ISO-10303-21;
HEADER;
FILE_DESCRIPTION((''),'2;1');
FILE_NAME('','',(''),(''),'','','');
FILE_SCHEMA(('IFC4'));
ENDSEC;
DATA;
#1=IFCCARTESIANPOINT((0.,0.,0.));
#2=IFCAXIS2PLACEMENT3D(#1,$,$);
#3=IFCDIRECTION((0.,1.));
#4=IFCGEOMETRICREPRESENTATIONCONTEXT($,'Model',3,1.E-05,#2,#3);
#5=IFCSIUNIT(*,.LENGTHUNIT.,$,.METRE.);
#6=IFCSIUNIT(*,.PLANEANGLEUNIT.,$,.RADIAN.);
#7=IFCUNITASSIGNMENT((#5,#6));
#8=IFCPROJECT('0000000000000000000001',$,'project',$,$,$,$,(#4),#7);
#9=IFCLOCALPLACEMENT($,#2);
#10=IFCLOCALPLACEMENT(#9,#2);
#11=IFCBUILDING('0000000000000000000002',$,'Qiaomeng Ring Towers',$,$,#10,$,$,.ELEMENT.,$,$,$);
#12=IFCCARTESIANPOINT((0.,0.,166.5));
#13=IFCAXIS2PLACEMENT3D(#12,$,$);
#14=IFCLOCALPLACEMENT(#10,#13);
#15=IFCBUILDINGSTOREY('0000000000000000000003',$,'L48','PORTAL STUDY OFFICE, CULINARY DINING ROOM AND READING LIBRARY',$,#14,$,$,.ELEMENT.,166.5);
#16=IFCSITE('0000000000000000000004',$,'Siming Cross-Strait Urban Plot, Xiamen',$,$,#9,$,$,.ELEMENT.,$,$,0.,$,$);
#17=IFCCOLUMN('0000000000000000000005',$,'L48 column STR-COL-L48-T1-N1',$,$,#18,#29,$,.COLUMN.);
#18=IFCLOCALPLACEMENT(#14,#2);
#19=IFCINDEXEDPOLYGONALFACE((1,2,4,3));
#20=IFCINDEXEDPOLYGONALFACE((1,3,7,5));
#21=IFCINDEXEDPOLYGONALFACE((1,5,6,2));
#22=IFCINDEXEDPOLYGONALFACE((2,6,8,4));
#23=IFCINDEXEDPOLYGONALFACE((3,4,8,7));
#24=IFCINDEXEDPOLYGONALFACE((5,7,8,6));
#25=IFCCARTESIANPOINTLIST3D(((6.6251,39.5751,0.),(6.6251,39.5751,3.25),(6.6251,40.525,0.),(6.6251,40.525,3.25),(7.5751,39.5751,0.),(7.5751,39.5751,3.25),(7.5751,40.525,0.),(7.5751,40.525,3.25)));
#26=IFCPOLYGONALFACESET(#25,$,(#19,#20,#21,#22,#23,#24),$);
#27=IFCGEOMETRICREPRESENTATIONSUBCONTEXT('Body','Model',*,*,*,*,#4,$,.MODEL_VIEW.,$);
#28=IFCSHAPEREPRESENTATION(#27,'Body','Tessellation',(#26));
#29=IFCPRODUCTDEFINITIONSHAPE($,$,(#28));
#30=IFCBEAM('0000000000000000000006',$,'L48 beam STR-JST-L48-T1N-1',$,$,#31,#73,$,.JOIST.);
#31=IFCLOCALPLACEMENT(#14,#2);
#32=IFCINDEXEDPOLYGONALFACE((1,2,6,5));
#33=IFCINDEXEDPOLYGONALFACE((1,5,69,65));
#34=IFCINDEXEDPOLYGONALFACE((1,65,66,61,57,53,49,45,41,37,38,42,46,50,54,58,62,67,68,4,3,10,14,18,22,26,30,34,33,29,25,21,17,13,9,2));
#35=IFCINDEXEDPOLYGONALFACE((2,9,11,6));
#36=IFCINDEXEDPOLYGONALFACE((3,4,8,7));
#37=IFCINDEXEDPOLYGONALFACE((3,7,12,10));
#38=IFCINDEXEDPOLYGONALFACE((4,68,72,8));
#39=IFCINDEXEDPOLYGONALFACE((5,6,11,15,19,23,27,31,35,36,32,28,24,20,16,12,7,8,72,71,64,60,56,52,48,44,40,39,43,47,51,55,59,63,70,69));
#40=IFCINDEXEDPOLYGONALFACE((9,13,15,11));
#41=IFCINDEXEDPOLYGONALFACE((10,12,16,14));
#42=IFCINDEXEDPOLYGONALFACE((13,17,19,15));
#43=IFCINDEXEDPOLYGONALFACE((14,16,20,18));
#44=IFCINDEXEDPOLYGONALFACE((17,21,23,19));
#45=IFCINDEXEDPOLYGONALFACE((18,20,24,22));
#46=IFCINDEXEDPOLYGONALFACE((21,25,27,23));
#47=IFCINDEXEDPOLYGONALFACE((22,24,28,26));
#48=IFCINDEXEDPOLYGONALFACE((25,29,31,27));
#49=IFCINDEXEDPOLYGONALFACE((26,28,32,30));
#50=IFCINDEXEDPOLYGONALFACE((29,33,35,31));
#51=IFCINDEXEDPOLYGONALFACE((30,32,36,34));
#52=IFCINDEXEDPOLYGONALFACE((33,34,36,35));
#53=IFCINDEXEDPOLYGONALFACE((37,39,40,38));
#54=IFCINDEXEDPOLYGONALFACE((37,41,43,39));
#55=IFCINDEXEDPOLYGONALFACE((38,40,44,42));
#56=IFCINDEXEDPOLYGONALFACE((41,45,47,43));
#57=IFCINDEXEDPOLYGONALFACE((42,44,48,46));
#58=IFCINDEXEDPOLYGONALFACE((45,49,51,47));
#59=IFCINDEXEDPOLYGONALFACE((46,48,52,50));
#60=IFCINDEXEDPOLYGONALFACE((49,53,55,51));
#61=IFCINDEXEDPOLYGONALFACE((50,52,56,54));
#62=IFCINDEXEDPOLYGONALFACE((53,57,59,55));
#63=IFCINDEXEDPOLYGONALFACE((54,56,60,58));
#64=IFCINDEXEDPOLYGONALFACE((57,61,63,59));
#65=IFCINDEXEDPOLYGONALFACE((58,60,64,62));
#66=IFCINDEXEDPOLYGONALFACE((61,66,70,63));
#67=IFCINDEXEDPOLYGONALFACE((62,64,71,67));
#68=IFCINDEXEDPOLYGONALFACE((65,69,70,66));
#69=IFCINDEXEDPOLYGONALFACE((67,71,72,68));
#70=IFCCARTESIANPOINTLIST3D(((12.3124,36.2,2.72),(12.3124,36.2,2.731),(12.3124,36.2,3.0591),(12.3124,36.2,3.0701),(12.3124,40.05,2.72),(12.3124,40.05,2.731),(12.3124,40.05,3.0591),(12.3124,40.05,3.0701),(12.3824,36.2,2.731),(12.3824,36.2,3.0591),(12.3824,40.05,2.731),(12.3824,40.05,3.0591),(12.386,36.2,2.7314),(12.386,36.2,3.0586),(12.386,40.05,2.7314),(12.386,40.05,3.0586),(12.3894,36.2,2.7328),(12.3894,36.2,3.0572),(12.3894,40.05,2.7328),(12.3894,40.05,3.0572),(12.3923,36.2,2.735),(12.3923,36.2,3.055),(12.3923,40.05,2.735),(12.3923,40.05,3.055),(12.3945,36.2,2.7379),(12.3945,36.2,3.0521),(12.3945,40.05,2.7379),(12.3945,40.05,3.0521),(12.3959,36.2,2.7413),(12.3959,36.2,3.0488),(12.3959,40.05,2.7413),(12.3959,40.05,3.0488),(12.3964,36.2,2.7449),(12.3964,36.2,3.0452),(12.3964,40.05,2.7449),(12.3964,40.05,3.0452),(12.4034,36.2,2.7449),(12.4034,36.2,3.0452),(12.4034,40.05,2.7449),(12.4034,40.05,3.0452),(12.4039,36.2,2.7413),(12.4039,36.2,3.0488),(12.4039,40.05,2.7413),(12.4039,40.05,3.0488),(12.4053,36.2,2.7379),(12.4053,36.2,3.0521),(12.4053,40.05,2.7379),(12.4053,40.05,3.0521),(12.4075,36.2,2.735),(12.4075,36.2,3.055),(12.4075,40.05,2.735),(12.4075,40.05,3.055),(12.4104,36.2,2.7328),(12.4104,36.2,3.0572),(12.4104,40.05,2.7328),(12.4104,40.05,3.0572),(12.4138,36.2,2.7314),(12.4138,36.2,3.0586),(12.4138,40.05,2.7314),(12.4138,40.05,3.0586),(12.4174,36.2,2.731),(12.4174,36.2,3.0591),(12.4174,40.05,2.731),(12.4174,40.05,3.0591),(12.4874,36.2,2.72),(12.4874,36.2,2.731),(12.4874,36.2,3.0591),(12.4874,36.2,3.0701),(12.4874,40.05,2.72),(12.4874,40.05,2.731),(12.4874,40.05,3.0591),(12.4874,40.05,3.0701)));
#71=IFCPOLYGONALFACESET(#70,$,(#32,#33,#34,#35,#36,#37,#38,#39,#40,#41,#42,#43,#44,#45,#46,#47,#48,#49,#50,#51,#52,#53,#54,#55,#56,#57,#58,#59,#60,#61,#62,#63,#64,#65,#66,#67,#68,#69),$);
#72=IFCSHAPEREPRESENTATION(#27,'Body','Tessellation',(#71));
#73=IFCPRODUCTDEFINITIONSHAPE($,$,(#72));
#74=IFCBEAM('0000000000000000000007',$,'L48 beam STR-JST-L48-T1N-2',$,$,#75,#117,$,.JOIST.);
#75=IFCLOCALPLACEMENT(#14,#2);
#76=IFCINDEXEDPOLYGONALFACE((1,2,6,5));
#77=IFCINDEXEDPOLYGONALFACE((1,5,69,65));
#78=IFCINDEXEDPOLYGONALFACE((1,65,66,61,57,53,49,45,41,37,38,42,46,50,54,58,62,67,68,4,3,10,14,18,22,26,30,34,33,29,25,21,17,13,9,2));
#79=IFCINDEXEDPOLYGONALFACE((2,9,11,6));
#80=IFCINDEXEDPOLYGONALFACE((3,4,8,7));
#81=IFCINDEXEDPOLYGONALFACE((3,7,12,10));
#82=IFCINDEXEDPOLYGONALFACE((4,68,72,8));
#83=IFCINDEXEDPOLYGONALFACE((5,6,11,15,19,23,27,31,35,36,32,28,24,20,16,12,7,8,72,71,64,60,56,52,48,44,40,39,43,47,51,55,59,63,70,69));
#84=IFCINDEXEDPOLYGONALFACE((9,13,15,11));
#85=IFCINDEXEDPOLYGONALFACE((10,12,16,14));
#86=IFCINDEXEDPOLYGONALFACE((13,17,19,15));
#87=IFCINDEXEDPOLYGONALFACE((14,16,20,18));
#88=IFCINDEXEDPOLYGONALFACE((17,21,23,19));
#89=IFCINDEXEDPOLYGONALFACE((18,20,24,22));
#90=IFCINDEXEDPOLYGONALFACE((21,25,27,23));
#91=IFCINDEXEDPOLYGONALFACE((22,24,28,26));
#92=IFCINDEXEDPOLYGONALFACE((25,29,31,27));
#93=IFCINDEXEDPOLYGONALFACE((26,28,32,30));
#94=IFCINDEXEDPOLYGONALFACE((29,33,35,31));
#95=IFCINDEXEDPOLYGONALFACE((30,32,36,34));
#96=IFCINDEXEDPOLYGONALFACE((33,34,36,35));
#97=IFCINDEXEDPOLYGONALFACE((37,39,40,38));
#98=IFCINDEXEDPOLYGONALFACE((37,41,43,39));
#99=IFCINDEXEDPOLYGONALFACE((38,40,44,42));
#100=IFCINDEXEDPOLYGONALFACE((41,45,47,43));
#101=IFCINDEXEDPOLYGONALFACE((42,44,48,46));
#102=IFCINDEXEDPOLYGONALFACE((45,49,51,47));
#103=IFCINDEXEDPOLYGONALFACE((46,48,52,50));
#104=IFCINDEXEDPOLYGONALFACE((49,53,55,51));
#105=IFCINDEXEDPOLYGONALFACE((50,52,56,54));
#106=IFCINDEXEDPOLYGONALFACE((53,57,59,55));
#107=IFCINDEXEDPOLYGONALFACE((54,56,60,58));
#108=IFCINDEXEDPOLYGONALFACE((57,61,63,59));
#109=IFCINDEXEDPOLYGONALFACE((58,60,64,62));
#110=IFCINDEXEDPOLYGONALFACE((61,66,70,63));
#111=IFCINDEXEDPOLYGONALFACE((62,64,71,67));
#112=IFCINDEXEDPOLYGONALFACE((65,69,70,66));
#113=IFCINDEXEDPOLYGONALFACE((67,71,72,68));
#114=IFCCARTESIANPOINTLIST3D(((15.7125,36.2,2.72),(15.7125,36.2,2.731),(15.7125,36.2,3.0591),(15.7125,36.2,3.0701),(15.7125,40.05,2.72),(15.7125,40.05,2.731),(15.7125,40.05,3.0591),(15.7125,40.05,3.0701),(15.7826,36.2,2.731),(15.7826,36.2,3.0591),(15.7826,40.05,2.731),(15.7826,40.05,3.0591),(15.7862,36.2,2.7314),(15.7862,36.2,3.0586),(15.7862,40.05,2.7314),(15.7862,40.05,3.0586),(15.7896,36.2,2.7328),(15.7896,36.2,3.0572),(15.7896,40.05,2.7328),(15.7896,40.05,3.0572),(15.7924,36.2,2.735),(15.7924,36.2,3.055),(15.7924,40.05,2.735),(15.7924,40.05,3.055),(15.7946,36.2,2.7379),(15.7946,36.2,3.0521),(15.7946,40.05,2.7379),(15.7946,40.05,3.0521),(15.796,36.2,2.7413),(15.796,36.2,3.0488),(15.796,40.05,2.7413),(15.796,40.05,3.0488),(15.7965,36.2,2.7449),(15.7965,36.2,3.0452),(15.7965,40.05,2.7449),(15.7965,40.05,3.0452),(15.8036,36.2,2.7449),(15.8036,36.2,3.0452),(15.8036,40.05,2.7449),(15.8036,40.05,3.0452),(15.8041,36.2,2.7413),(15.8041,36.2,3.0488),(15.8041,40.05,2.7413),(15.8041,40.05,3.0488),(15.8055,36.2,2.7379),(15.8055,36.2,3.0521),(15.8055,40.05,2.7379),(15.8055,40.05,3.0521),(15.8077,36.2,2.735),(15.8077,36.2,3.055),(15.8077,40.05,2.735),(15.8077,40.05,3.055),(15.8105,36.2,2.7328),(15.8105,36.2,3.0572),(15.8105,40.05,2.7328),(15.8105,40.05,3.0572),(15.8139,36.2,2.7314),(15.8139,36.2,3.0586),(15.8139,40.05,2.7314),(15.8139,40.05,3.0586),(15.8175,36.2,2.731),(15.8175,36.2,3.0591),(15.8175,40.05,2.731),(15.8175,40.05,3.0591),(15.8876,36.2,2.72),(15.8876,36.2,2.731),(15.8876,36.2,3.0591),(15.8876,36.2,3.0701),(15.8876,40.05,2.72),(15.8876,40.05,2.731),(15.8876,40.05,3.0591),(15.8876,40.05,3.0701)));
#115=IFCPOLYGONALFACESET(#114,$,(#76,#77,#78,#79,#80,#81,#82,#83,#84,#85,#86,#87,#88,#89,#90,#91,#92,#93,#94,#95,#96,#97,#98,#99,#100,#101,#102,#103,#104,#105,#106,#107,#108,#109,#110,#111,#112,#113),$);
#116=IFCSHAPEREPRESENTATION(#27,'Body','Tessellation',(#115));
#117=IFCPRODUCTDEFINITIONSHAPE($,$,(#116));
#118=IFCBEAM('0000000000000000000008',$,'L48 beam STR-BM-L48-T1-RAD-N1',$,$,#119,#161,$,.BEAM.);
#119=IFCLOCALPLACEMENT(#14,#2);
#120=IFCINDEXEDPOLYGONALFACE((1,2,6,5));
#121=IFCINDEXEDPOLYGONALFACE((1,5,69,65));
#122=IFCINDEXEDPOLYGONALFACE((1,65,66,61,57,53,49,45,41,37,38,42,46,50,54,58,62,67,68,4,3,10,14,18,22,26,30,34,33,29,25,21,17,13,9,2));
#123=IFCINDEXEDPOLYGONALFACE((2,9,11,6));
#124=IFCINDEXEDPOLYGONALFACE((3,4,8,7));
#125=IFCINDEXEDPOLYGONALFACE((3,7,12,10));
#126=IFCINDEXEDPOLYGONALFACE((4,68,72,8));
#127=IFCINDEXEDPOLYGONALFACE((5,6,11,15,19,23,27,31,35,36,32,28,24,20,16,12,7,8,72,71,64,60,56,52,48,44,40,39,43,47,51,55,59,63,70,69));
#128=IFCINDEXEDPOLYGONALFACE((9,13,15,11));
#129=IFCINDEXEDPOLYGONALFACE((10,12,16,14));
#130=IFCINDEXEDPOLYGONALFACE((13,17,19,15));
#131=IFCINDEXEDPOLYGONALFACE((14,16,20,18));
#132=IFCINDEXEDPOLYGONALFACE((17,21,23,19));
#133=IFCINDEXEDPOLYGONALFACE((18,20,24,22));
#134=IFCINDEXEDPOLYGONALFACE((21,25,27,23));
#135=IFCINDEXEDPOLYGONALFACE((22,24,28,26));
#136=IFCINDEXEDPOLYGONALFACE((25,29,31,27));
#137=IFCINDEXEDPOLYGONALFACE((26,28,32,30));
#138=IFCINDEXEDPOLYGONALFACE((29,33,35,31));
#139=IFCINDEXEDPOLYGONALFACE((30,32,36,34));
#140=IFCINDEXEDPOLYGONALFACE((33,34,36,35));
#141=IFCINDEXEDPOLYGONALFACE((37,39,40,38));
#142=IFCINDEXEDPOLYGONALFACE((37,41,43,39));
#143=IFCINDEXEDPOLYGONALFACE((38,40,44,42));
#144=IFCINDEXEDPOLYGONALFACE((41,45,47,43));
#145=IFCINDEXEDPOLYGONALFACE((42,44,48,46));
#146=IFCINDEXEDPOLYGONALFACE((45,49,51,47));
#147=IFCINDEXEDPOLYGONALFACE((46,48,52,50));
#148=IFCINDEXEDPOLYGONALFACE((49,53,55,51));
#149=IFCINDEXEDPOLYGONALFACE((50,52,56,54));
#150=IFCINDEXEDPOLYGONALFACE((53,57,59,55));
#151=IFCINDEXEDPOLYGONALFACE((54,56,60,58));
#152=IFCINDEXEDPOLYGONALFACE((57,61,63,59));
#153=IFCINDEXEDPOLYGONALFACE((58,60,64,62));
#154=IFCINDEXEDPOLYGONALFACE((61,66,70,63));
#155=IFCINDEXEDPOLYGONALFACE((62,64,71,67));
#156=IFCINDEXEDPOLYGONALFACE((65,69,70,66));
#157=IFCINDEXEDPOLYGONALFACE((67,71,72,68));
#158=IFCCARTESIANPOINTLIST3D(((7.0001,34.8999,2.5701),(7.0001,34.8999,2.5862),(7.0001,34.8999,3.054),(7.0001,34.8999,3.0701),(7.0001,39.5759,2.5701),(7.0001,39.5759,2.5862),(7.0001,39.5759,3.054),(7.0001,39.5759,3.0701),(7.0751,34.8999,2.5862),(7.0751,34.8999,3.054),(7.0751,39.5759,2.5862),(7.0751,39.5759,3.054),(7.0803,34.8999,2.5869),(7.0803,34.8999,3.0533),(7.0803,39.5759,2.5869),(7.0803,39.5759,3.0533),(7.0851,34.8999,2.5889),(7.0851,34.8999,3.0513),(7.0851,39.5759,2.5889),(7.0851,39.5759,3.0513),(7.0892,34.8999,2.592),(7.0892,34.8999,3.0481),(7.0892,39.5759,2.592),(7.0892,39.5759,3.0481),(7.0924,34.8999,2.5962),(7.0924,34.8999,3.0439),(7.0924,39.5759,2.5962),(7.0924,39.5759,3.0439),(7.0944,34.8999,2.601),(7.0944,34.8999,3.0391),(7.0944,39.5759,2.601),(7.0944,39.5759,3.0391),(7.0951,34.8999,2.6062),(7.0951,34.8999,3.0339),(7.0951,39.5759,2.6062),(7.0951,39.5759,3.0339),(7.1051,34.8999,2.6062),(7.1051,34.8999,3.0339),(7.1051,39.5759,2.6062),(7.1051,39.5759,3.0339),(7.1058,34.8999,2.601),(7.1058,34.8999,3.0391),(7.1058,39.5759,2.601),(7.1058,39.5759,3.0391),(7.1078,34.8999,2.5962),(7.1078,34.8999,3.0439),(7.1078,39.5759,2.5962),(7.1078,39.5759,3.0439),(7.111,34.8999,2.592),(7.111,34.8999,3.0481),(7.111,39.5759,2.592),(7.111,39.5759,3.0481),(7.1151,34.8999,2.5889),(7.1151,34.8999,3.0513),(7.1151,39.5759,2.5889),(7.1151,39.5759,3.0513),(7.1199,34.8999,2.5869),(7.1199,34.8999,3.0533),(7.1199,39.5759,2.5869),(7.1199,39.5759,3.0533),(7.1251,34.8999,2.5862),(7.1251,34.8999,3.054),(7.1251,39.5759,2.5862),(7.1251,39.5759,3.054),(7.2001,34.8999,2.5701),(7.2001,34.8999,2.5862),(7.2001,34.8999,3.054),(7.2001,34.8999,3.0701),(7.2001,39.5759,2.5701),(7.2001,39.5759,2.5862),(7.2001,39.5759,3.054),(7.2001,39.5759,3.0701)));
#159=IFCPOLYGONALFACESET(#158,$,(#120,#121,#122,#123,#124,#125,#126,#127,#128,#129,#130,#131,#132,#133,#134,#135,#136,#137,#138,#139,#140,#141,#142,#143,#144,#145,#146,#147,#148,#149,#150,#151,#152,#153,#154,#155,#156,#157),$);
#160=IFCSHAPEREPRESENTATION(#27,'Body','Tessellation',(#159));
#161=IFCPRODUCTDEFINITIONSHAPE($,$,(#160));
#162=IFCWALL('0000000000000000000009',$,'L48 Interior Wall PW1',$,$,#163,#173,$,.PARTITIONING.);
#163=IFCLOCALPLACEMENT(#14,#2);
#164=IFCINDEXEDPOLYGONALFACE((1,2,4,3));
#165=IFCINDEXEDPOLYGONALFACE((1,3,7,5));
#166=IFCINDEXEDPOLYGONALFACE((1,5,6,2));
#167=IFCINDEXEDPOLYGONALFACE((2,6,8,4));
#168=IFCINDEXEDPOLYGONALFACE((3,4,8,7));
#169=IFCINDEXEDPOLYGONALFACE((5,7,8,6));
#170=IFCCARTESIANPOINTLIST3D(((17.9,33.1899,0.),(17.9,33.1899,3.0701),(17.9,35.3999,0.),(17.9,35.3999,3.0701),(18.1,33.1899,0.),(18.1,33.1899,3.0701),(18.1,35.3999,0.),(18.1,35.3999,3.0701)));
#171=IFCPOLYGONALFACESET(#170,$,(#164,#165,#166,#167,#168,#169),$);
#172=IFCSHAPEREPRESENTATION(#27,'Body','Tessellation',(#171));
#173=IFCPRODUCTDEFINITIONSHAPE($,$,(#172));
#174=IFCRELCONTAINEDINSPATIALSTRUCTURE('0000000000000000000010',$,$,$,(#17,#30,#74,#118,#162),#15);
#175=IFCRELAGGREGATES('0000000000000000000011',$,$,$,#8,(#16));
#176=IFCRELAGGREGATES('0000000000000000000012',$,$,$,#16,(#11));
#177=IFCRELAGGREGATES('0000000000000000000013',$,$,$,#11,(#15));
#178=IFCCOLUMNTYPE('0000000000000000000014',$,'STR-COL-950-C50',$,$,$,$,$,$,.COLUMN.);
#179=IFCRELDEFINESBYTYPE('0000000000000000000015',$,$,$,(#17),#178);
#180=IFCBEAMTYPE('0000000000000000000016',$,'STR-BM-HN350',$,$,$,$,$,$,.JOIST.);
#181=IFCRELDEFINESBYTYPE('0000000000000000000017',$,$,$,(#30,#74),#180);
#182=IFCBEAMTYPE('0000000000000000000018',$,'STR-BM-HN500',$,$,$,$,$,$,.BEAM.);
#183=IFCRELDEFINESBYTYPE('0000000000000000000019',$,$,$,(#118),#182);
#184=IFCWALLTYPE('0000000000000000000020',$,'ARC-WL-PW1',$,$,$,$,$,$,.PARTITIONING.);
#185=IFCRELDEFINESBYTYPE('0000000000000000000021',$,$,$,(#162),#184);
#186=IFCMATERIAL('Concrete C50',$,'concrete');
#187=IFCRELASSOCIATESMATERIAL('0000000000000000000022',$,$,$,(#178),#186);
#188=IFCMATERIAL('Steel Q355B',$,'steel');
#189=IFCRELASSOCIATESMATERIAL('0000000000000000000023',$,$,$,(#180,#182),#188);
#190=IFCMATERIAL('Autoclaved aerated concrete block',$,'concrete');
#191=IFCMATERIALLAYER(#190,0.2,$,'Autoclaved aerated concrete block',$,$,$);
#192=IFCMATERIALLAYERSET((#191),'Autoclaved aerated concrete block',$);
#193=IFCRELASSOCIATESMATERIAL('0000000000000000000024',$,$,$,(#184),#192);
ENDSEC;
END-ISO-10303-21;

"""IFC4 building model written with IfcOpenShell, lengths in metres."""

from ifc_helpers import new_model, si_unit, direction, frame, frame_2d, origin, origin_2d, place, context, subcontext, project, spatial, rectangle, i_section, extrude, source, transform, mapped, material, layer, layer_set, material_profile, profile_set, type_object, element, save


model = new_model("IFC4")

# Units and contexts
model_context = context("Model", 3, precision=1e-05, world=origin(), true_north=direction((0.0, 1.0)))
body_context = subcontext(model_context, "Body", "Model", "MODEL_VIEW")
ifc_project = project(units=[si_unit("LENGTHUNIT", "METRE"), si_unit("PLANEANGLEUNIT", "RADIAN")], contexts=[model_context])

# Site, building, storey
site_placement = place(None, origin())
site = spatial("IfcSite", under=ifc_project, at=site_placement, Name="Siming Cross-Strait Urban Plot, Xiamen", CompositionType="ELEMENT", RefElevation=0.0)
building_placement = place(site_placement, origin())
building = spatial("IfcBuilding", under=site, at=building_placement, Name="Qiaomeng Ring Towers", CompositionType="ELEMENT")
storey_placement = place(building_placement, frame((0.0, 0.0, 166.5)))
storey = spatial("IfcBuildingStorey", under=building, at=storey_placement, Name="L48", Description="PORTAL STUDY OFFICE, CULINARY DINING ROOM AND READING LIBRARY", CompositionType="ELEMENT", Elevation=166.5)

# Column
ifc_material_1 = material(Name="Concrete C50", Category="concrete")
ifc_material_profile_1 = material_profile(ifc_material_1, rectangle(XDim=0.95, YDim=0.95, at=origin_2d()), Name="RC COL 950x950")
ifc_profile_set_1 = profile_set([ifc_material_profile_1], Name="Concrete C50")
column_type = type_object("IfcColumnType", Name="STR-COL-950-C50", PredefinedType="COLUMN", material=ifc_profile_set_1)
shared_shape_1 = source(origin(), body_context, "Body", "SweptSolid", [
    extrude(rectangle(XDim=0.95, YDim=0.95, at=origin_2d()), origin(), (0.0, 0.0, 1.0), 3.25),
])
column_placement = place(storey_placement, frame((7.1001, 40.05, 0.0), z_axis=(0.0, 0.0, 1.0), x_axis=(1.0, 0.0, 0.0)))
element("IfcColumn", 1, at=column_placement, inside=storey, type_object=column_type, Name="L48 column STR-COL-L48-T1-N1", PredefinedType="COLUMN", context=body_context, shape_type="MappedRepresentation", body=[
    mapped(shared_shape_1, transform((0.0, 0.0, 0.0), x_axis=(1.0, 0.0, 0.0), y_axis=(0.0, 1.0, 0.0), z_axis=(0.0, 0.0, 1.0), scale=1.0)),
])

# Beams
ifc_material_2 = material(Name="Steel Q355B", Category="steel")
ifc_material_profile_2 = material_profile(ifc_material_2, i_section(OverallWidth=0.175, OverallDepth=0.3501, WebThickness=0.0071, FlangeThickness=0.011, FilletRadius=0.0139, at=origin_2d()), Name="HN 350x175x7x11")
ifc_profile_set_2 = profile_set([ifc_material_profile_2], Name="Steel Q355B")
beam_type_1 = type_object("IfcBeamType", Name="STR-BM-HN350", PredefinedType="JOIST", material=ifc_profile_set_2)
shared_shape_2 = source(origin(), body_context, "Body", "SweptSolid", [
    extrude(i_section(OverallWidth=0.175, OverallDepth=0.3501, WebThickness=0.0071, FlangeThickness=0.011, FilletRadius=0.0139, at=origin_2d()), origin(), (0.0, 0.0, 1.0), 3.8501),
])
for number, where, z_axis, x_axis, name in (
    (2, (12.3999, 36.2, 2.895), (0.0, 1.0, 0.0), (-1.0, 0.0, 0.0), "L48 beam STR-JST-L48-T1N-1"),
    (3, (15.8, 36.2, 2.895), (0.0, 1.0, 0.0), (-1.0, 0.0, 0.0), "L48 beam STR-JST-L48-T1N-2"),
):
    element("IfcBeam", number, at=place(storey_placement, frame(where, z_axis=z_axis, x_axis=x_axis)), inside=storey, type_object=beam_type_1, Name=name, PredefinedType="JOIST", context=body_context, shape_type="MappedRepresentation", body=[
        mapped(shared_shape_2, transform((0.0, 0.0, 0.0), x_axis=(1.0, 0.0, 0.0), y_axis=(0.0, 1.0, 0.0), z_axis=(0.0, 0.0, 1.0), scale=1.0)),
    ])
ifc_material_profile_3 = material_profile(ifc_material_2, i_section(OverallWidth=0.2, OverallDepth=0.5, WebThickness=0.01, FlangeThickness=0.0161, FilletRadius=0.02, at=origin_2d()), Name="HN 500x200x10x16")
ifc_profile_set_3 = profile_set([ifc_material_profile_3], Name="Steel Q355B")
beam_type_2 = type_object("IfcBeamType", Name="STR-BM-HN500", PredefinedType="BEAM", material=ifc_profile_set_3)
shared_shape_3 = source(origin(), body_context, "Body", "SweptSolid", [
    extrude(i_section(OverallWidth=0.2, OverallDepth=0.5, WebThickness=0.01, FlangeThickness=0.0161, FilletRadius=0.02, at=origin_2d()), origin(), (0.0, 0.0, 1.0), 4.676),
])
beam_placement = place(storey_placement, frame((7.1001, 39.5759, 2.8201), z_axis=(0.0, -1.0, 0.0), x_axis=(1.0, 0.0, 0.0)))
element("IfcBeam", 4, at=beam_placement, inside=storey, type_object=beam_type_2, Name="L48 beam STR-BM-L48-T1-RAD-N1", PredefinedType="BEAM", context=body_context, shape_type="MappedRepresentation", body=[
    mapped(shared_shape_3, transform((0.0, 0.0, 0.0), x_axis=(1.0, 0.0, 0.0), y_axis=(0.0, 1.0, 0.0), z_axis=(0.0, 0.0, 1.0), scale=1.0)),
])

# Wall
ifc_material_3 = material(Name="Autoclaved aerated concrete block", Category="concrete")
ifc_layer_1 = layer(ifc_material_3, 0.2, Name="Autoclaved aerated concrete block")
ifc_layer_set_1 = layer_set([ifc_layer_1], Name="Autoclaved aerated concrete block")
wall_type_1 = type_object("IfcWallType", Name="ARC-WL-PW1", PredefinedType="PARTITIONING", material=ifc_layer_set_1)
wall_1_placement = place(storey_placement, frame((18.0, 33.1899, 0.0), z_axis=(0.0, 0.0, 1.0), x_axis=(0.0, 1.0, 0.0)))
element("IfcWall", 5, at=wall_1_placement, inside=storey, type_object=wall_type_1, Name="L48 Interior Wall PW1", PredefinedType="PARTITIONING", context=body_context, shape_type="SweptSolid", body=[
    extrude(rectangle(XDim=2.21, YDim=0.2, at=frame_2d((1.105, 0.0))), origin(), (0.0, 0.0, 1.0), 3.0701),
])

save(model, "model.ifc")
